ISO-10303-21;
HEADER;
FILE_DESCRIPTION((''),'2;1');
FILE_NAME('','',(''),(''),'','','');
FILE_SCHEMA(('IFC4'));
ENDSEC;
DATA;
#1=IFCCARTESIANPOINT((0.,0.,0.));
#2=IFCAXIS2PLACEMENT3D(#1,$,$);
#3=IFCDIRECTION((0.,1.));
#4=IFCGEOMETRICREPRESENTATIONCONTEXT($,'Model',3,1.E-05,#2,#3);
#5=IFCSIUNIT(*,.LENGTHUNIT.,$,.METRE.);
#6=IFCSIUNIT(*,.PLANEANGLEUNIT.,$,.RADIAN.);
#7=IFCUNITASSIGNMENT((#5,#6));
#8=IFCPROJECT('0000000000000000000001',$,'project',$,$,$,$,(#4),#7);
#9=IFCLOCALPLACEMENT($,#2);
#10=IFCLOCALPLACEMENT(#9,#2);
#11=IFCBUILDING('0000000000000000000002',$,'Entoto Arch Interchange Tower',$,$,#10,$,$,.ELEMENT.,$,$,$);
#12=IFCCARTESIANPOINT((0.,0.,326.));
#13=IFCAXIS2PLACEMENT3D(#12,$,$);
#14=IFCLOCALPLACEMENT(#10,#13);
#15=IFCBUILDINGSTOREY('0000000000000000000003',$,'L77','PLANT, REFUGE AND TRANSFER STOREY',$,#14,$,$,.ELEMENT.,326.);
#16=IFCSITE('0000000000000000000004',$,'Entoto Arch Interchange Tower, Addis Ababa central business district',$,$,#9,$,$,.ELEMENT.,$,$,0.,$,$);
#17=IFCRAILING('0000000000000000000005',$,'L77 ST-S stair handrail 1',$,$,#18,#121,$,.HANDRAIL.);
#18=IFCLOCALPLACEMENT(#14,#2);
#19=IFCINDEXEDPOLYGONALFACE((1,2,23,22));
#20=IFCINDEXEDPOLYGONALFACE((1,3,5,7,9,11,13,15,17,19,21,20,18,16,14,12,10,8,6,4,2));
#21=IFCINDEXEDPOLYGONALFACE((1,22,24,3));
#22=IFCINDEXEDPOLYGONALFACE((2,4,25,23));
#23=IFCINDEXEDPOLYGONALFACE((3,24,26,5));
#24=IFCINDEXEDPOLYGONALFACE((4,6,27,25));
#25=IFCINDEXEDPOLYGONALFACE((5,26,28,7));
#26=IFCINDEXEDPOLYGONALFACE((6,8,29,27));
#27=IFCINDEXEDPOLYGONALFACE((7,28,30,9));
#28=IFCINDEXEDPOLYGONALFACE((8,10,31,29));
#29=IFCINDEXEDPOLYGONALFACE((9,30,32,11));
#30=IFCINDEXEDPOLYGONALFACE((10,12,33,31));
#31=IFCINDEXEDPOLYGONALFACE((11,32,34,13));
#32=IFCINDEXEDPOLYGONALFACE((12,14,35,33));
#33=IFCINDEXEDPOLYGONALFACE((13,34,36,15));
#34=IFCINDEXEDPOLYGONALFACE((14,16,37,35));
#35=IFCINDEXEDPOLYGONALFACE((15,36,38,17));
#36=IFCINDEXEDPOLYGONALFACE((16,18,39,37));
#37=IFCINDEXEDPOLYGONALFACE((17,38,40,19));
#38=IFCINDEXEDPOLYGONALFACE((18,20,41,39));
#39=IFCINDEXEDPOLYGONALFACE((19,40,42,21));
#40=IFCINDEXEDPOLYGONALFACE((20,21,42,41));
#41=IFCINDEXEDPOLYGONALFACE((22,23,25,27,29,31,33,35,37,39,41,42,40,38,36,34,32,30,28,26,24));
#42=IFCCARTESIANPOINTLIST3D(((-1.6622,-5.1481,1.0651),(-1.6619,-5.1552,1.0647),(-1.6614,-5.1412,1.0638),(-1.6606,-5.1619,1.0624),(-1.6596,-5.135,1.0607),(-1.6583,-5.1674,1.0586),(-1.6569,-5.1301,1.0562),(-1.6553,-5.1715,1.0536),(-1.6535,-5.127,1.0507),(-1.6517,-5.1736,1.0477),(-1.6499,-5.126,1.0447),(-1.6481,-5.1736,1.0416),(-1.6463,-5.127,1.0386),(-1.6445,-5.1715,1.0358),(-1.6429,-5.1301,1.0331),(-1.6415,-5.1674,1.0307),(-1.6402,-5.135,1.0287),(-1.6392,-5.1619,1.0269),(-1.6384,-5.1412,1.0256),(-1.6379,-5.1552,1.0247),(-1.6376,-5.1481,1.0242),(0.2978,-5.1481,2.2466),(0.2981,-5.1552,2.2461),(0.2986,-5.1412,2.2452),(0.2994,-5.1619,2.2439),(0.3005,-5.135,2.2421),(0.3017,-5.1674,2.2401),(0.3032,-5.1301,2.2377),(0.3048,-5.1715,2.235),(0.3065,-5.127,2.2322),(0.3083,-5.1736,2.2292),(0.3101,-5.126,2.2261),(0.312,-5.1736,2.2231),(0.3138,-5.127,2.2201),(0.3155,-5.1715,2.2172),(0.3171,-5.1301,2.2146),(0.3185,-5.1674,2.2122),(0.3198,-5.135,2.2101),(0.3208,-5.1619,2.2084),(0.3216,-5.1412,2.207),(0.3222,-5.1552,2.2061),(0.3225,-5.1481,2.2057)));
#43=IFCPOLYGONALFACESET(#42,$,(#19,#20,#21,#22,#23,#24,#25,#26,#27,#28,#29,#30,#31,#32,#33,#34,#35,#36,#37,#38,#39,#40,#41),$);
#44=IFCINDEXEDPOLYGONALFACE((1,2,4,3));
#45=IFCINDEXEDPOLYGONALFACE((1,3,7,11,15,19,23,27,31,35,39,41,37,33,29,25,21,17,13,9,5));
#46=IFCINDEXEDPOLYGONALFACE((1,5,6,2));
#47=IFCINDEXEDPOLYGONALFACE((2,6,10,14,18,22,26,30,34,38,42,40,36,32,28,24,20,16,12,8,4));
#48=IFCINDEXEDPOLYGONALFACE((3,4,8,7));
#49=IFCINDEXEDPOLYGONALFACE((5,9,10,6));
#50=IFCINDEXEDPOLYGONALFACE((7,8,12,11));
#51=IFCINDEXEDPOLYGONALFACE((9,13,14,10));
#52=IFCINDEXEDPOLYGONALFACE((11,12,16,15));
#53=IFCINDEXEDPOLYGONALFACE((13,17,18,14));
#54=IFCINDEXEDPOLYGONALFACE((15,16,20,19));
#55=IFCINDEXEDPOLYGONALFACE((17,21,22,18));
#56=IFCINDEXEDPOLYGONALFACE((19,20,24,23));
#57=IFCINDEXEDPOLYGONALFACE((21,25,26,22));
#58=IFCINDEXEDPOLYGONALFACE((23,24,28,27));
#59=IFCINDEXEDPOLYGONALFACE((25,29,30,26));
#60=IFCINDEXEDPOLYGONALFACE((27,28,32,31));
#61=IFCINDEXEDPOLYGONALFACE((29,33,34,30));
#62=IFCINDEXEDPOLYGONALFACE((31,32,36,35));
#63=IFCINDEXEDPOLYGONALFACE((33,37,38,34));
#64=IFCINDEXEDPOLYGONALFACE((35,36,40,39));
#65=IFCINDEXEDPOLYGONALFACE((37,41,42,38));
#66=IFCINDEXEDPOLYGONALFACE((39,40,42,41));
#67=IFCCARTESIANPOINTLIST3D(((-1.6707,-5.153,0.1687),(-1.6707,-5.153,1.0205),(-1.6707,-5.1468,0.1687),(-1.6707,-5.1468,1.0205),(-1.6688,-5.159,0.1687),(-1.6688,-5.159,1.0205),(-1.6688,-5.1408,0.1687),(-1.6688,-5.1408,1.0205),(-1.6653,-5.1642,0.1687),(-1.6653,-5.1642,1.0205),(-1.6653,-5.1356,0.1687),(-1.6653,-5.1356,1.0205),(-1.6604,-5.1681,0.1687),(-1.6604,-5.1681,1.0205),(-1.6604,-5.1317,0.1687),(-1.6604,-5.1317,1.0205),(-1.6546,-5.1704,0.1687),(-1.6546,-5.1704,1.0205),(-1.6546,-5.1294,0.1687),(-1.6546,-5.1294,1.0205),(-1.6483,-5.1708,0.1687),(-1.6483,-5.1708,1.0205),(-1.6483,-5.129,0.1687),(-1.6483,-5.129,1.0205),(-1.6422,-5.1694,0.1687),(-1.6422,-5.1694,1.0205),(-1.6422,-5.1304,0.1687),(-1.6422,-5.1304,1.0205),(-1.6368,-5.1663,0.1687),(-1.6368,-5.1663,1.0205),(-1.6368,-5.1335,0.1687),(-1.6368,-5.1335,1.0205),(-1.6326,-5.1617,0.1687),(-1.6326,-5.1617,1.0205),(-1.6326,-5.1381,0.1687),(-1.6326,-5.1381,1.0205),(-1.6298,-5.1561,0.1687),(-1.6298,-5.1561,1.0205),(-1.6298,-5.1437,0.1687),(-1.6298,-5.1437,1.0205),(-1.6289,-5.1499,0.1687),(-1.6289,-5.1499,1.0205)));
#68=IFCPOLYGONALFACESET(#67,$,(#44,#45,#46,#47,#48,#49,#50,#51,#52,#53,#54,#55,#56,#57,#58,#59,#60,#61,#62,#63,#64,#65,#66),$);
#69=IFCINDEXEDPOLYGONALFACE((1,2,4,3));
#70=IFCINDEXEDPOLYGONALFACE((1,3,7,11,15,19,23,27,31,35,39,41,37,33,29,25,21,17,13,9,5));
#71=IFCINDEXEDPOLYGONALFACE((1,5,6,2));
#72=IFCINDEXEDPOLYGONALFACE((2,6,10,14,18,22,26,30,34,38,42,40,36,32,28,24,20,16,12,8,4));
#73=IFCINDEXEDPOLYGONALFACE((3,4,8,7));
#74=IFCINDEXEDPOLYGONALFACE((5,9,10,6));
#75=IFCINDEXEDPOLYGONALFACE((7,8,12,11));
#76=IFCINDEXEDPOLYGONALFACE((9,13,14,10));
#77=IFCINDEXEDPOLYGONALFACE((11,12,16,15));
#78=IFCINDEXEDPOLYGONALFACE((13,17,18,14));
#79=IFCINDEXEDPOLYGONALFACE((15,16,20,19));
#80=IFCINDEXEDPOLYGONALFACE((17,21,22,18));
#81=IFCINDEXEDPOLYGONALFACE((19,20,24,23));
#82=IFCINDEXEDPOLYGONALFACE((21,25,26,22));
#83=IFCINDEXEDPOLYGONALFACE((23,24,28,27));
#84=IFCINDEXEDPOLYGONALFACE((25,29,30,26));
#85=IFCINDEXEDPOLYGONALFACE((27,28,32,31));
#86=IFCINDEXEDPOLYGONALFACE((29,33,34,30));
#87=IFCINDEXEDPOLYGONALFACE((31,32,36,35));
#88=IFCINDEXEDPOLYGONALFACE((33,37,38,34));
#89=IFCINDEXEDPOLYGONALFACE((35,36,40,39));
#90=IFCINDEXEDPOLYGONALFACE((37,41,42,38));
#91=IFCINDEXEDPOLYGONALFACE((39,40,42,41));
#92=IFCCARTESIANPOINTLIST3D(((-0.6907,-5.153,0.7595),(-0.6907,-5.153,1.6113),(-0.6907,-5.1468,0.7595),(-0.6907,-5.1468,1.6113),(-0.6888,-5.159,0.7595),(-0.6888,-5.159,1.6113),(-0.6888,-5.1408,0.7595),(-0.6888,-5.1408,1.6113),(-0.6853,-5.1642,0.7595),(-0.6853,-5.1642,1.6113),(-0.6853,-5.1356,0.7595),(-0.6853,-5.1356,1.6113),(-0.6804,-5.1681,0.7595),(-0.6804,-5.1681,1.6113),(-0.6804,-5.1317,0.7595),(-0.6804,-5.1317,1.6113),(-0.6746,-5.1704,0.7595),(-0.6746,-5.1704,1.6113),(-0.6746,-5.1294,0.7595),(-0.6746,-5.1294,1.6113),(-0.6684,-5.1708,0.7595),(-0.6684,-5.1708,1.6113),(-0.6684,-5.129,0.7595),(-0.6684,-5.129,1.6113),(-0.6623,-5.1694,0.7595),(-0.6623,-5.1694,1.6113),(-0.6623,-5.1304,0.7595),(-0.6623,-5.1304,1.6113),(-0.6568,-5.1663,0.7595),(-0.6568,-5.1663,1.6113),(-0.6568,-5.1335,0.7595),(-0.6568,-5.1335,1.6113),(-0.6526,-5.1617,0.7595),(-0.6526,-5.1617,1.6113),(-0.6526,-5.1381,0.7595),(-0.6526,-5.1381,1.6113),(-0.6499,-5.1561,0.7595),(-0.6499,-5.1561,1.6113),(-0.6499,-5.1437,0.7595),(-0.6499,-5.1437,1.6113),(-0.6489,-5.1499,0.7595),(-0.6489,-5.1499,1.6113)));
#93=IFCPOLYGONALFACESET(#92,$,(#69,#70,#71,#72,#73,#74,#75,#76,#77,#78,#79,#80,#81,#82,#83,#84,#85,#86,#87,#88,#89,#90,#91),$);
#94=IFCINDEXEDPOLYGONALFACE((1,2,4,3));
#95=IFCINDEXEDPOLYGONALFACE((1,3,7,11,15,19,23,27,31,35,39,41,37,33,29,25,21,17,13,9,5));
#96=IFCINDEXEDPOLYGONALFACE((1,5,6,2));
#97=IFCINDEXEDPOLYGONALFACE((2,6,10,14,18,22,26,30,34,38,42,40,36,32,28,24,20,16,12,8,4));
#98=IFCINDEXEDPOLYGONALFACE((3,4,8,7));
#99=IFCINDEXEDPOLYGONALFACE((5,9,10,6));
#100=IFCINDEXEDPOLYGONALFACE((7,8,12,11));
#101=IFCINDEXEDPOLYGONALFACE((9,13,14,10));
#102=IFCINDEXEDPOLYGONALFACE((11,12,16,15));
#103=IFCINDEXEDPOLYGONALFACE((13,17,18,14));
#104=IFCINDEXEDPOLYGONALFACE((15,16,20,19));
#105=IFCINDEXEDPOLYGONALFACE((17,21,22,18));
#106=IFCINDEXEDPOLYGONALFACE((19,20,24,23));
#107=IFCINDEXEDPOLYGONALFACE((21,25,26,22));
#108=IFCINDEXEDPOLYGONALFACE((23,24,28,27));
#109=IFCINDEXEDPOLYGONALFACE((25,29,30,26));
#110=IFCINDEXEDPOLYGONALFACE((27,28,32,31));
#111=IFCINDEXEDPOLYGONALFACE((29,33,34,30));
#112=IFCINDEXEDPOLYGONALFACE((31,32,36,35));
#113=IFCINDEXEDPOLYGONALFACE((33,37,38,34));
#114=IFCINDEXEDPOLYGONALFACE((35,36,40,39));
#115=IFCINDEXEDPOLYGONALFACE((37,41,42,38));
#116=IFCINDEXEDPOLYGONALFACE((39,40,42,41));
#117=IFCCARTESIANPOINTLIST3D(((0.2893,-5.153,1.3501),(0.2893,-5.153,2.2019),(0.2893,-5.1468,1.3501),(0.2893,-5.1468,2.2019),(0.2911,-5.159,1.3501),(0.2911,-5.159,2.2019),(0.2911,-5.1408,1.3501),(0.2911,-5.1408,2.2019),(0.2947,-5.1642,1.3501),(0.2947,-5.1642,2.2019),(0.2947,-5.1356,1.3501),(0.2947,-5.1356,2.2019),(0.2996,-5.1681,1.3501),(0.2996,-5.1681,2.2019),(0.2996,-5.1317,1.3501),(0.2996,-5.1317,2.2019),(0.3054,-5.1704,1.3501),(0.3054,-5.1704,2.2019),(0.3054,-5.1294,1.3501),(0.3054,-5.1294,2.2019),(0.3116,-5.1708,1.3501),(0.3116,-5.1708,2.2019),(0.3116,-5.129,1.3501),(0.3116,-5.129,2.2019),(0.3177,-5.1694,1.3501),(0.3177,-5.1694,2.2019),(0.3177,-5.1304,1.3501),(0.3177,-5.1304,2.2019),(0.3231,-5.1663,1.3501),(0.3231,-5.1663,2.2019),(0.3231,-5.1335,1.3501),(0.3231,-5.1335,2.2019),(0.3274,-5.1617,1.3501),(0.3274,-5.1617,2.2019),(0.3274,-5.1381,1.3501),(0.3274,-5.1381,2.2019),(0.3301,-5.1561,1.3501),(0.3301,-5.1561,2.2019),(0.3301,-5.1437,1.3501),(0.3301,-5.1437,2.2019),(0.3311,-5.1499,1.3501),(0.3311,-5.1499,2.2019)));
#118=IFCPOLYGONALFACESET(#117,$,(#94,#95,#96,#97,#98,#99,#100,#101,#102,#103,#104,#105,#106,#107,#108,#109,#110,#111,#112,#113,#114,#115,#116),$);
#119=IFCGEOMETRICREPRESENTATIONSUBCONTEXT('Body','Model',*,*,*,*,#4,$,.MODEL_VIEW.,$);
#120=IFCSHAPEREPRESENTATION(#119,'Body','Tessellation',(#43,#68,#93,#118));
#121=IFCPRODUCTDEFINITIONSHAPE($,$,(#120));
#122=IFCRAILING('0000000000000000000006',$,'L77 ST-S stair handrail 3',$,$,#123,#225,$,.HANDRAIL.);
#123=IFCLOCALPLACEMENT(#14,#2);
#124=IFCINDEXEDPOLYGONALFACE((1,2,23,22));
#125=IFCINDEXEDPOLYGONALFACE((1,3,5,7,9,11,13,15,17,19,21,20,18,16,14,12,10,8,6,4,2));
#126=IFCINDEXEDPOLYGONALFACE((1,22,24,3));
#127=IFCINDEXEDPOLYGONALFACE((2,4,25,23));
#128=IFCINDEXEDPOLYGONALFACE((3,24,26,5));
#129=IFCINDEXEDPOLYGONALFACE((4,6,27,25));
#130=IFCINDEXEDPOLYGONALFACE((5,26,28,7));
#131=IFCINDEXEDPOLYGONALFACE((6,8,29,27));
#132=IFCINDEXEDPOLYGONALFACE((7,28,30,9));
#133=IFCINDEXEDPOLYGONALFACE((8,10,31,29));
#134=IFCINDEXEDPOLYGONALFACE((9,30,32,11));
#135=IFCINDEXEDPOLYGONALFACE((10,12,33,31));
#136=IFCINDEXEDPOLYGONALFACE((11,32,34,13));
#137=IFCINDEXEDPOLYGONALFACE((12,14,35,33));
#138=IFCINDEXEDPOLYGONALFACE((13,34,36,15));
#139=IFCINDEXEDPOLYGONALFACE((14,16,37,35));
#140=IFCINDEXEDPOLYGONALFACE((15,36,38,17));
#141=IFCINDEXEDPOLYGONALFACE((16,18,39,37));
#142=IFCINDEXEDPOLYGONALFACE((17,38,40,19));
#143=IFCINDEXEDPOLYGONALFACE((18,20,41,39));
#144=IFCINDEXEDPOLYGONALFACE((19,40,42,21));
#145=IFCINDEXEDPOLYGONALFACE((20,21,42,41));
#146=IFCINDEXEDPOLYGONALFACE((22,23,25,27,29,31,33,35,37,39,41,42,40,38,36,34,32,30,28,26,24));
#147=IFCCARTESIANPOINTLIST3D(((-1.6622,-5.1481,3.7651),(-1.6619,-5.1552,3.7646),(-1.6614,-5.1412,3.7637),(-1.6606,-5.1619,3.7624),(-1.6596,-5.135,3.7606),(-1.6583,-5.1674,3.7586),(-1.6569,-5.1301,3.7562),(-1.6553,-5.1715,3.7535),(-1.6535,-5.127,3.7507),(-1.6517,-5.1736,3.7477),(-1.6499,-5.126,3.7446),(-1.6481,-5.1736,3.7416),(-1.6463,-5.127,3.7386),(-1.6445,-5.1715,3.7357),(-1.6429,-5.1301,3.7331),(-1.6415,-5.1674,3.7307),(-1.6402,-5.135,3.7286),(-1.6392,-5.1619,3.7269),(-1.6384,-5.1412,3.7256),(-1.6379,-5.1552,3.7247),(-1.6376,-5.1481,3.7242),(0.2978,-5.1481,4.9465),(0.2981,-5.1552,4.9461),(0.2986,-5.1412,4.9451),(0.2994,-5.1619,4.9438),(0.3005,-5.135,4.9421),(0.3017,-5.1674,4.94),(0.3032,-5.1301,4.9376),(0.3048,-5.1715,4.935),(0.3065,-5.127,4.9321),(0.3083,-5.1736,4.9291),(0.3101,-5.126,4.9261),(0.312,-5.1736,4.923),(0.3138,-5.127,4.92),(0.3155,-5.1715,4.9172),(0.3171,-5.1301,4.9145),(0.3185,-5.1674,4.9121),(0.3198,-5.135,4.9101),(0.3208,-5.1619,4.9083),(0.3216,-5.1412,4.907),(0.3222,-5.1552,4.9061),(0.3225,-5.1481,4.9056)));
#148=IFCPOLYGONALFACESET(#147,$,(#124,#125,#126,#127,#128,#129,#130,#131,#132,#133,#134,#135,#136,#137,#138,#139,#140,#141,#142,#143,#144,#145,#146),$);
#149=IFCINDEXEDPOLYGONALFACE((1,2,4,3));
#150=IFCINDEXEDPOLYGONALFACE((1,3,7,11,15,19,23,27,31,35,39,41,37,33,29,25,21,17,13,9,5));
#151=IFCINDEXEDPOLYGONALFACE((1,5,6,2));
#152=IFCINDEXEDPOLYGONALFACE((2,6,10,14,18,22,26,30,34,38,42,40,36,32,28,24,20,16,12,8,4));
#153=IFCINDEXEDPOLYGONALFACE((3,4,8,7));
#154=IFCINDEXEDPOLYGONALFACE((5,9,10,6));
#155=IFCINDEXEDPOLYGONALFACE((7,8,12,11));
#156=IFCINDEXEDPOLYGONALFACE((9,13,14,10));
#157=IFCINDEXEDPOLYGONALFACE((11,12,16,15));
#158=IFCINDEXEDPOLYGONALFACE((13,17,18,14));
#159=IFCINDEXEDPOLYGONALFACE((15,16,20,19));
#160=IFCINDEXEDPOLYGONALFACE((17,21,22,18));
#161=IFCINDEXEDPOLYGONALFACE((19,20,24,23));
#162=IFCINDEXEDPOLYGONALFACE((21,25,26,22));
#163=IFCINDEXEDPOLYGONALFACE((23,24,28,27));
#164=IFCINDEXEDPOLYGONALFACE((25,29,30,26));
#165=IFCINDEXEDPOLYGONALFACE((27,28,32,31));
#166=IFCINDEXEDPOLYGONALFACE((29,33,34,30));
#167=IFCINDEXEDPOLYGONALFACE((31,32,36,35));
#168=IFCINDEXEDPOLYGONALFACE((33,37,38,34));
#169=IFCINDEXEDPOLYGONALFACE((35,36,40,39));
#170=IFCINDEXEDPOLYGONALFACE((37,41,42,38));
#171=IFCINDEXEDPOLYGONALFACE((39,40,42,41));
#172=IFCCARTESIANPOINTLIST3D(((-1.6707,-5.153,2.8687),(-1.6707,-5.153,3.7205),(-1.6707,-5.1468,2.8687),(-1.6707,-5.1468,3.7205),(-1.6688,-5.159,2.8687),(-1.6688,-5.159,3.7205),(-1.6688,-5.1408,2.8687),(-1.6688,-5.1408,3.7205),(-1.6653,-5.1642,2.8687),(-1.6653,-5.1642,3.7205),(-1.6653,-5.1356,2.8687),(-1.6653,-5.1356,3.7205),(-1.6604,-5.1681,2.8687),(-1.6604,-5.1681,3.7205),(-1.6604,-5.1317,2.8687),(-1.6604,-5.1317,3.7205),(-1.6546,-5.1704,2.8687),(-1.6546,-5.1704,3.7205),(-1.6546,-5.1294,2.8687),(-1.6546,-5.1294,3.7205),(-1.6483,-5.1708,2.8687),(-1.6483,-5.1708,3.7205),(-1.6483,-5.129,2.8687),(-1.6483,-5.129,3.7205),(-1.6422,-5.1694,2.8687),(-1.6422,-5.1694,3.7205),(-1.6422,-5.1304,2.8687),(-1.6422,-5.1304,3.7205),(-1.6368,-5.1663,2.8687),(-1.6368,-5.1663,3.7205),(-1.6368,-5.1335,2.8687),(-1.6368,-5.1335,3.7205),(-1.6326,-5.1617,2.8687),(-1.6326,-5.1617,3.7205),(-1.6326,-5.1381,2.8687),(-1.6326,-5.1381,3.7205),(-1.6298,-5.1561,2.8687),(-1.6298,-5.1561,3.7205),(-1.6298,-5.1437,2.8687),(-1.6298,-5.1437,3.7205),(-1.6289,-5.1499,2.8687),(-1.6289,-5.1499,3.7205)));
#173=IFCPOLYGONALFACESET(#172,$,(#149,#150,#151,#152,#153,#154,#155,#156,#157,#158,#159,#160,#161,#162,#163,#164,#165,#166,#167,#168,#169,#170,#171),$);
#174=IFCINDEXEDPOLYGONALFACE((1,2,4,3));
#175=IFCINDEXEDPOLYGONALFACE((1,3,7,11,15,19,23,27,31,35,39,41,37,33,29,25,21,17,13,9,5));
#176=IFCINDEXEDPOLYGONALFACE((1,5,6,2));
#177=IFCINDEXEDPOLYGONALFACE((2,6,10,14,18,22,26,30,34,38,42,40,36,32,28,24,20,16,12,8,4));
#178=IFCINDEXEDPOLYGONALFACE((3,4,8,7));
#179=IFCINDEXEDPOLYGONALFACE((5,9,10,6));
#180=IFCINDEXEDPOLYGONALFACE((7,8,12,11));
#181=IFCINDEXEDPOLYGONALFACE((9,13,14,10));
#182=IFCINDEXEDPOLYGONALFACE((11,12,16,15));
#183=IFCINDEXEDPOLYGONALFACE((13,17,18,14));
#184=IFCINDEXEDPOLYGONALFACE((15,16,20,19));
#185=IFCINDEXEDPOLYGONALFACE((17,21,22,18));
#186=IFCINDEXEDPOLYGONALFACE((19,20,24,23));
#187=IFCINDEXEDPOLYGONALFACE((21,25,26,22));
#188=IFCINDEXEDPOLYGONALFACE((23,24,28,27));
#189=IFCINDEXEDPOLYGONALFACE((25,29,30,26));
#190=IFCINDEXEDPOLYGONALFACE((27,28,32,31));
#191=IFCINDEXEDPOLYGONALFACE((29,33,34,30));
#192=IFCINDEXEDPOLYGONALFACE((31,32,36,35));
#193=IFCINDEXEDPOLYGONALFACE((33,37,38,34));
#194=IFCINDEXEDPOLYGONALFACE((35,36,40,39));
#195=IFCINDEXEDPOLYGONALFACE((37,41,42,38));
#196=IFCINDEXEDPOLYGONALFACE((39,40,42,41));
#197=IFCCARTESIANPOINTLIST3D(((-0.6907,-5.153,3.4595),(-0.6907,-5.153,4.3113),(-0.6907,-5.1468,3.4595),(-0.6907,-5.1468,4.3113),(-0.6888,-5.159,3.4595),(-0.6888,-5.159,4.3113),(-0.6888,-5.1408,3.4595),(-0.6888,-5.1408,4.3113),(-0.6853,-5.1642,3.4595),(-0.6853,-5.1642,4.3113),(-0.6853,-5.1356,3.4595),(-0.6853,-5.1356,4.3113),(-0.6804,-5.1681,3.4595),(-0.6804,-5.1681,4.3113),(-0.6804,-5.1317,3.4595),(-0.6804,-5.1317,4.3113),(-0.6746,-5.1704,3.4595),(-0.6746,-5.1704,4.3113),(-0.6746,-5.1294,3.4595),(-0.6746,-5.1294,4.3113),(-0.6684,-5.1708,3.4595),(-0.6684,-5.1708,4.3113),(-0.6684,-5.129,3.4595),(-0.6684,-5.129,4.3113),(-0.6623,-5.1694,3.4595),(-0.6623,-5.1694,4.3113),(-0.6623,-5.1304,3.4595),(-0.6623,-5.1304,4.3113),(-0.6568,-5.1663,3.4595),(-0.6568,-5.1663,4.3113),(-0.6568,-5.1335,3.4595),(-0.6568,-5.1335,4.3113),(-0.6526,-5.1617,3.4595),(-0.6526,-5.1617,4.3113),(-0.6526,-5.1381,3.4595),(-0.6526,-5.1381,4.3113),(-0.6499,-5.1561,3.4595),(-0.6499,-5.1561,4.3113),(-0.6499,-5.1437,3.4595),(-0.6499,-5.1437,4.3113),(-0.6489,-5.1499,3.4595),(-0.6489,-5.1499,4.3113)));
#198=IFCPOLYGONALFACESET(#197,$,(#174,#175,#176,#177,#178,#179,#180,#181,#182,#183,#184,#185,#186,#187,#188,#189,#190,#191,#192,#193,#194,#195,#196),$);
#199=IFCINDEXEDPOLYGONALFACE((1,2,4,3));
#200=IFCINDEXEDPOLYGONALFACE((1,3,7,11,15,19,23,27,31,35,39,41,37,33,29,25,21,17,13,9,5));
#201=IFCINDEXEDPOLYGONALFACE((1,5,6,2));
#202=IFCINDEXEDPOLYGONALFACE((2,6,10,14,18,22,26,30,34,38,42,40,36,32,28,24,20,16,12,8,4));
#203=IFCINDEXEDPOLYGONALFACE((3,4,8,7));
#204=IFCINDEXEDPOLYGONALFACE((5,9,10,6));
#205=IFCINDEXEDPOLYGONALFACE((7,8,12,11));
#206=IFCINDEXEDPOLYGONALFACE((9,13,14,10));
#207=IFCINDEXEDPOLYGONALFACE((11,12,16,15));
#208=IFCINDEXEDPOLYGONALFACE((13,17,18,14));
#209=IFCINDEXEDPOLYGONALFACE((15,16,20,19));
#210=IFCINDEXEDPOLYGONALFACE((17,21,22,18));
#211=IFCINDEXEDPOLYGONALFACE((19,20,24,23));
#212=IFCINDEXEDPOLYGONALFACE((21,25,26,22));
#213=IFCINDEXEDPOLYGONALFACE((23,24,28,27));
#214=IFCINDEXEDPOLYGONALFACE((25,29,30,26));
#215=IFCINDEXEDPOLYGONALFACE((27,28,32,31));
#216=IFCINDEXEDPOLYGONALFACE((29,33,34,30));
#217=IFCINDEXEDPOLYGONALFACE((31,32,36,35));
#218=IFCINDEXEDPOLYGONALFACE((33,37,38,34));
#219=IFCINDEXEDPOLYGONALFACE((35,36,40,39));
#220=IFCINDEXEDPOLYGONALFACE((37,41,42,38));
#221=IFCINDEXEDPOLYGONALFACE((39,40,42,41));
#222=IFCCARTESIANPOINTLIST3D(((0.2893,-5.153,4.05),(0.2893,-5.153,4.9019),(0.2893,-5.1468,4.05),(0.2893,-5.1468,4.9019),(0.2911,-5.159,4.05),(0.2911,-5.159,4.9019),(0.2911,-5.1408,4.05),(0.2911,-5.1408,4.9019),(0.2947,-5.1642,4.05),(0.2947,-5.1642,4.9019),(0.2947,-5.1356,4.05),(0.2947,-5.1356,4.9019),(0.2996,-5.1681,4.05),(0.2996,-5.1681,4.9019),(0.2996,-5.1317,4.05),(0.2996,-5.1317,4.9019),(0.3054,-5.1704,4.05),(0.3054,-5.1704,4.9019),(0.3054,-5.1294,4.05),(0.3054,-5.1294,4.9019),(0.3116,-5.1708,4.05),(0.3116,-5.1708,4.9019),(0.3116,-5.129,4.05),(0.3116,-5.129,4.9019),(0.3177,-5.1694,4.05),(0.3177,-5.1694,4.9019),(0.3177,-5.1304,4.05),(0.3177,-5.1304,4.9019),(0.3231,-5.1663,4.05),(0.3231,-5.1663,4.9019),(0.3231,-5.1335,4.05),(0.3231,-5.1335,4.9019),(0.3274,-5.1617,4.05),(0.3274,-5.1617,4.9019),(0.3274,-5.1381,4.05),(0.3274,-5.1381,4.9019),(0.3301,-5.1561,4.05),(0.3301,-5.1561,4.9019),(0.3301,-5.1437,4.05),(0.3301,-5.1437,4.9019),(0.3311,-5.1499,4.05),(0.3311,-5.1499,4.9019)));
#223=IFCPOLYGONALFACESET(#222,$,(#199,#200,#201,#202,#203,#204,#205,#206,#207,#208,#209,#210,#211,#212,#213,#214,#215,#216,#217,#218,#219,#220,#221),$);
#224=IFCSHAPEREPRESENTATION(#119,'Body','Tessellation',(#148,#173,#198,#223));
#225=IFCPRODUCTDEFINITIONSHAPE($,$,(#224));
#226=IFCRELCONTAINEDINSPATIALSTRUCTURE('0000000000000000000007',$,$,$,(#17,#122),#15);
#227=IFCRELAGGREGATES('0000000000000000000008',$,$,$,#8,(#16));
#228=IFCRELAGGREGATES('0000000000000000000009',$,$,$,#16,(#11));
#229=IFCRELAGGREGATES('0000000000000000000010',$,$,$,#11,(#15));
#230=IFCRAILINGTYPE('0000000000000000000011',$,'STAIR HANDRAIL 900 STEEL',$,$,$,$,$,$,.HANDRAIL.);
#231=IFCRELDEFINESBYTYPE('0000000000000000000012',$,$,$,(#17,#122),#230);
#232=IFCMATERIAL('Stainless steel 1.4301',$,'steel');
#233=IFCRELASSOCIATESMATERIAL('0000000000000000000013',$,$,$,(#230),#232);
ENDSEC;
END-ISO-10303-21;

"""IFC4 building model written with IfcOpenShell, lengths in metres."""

from ifc_helpers import new_model, si_unit, direction, frame, origin, origin_2d, place, context, subcontext, project, spatial, circle, extrude, material, type_object, element, save


model = new_model("IFC4")

# Units and contexts
model_context = context("Model", 3, precision=1e-05, world=origin(), true_north=direction((0.0, 1.0)))
body_context = subcontext(model_context, "Body", "Model", "MODEL_VIEW")
ifc_project = project(units=[si_unit("LENGTHUNIT", "METRE"), si_unit("PLANEANGLEUNIT", "RADIAN")], contexts=[model_context])

# Site, building, storey
site_placement = place(None, origin())
site = spatial("IfcSite", under=ifc_project, at=site_placement, Name="Entoto Arch Interchange Tower, Addis Ababa central business district", CompositionType="ELEMENT", RefElevation=0.0)
building_placement = place(site_placement, origin())
building = spatial("IfcBuilding", under=site, at=building_placement, Name="Entoto Arch Interchange Tower", CompositionType="ELEMENT")
storey_placement = place(building_placement, frame((0.0, 0.0, 326.0)))
storey = spatial("IfcBuildingStorey", under=building, at=storey_placement, Name="L77", Description="PLANT, REFUGE AND TRANSFER STOREY", CompositionType="ELEMENT", Elevation=326.0)

# Railings
ifc_material_1 = material(Name="Stainless steel 1.4301", Category="steel")
railing_type_1 = type_object("IfcRailingType", Name="STAIR HANDRAIL 900 STEEL", PredefinedType="HANDRAIL", material=ifc_material_1)
for number, where, name in (
    (1, (-1.6499, -5.1499, 0.1687), "L77 ST-S stair handrail 1"),
    (2, (-1.6499, -5.1499, 2.8687), "L77 ST-S stair handrail 3"),
):
    element("IfcRailing", number, at=place(storey_placement, frame(where)), inside=storey, type_object=railing_type_1, Name=name, PredefinedType="HANDRAIL", context=body_context, shape_type="SweptSolid", body=[
        extrude(circle(Radius=0.0239, at=origin_2d()), frame((0.0, 0.0, 0.876), z_axis=(0.856446, 0.0, 0.516236), x_axis=(0.0, 1.0, 0.0)), (0.0, 0.0, 1.0), 2.2886),
        extrude(circle(Radius=0.021, at=origin_2d()), origin(), (0.0, 0.0, 1.0), 0.8518),
        extrude(circle(Radius=0.021, at=origin_2d()), frame((0.98, 0.0, 0.5908)), (0.0, 0.0, 1.0), 0.8518),
        extrude(circle(Radius=0.021, at=origin_2d()), frame((1.96, 0.0, 1.1814)), (0.0, 0.0, 1.0), 0.8518),
    ])

save(model, "model.ifc")
